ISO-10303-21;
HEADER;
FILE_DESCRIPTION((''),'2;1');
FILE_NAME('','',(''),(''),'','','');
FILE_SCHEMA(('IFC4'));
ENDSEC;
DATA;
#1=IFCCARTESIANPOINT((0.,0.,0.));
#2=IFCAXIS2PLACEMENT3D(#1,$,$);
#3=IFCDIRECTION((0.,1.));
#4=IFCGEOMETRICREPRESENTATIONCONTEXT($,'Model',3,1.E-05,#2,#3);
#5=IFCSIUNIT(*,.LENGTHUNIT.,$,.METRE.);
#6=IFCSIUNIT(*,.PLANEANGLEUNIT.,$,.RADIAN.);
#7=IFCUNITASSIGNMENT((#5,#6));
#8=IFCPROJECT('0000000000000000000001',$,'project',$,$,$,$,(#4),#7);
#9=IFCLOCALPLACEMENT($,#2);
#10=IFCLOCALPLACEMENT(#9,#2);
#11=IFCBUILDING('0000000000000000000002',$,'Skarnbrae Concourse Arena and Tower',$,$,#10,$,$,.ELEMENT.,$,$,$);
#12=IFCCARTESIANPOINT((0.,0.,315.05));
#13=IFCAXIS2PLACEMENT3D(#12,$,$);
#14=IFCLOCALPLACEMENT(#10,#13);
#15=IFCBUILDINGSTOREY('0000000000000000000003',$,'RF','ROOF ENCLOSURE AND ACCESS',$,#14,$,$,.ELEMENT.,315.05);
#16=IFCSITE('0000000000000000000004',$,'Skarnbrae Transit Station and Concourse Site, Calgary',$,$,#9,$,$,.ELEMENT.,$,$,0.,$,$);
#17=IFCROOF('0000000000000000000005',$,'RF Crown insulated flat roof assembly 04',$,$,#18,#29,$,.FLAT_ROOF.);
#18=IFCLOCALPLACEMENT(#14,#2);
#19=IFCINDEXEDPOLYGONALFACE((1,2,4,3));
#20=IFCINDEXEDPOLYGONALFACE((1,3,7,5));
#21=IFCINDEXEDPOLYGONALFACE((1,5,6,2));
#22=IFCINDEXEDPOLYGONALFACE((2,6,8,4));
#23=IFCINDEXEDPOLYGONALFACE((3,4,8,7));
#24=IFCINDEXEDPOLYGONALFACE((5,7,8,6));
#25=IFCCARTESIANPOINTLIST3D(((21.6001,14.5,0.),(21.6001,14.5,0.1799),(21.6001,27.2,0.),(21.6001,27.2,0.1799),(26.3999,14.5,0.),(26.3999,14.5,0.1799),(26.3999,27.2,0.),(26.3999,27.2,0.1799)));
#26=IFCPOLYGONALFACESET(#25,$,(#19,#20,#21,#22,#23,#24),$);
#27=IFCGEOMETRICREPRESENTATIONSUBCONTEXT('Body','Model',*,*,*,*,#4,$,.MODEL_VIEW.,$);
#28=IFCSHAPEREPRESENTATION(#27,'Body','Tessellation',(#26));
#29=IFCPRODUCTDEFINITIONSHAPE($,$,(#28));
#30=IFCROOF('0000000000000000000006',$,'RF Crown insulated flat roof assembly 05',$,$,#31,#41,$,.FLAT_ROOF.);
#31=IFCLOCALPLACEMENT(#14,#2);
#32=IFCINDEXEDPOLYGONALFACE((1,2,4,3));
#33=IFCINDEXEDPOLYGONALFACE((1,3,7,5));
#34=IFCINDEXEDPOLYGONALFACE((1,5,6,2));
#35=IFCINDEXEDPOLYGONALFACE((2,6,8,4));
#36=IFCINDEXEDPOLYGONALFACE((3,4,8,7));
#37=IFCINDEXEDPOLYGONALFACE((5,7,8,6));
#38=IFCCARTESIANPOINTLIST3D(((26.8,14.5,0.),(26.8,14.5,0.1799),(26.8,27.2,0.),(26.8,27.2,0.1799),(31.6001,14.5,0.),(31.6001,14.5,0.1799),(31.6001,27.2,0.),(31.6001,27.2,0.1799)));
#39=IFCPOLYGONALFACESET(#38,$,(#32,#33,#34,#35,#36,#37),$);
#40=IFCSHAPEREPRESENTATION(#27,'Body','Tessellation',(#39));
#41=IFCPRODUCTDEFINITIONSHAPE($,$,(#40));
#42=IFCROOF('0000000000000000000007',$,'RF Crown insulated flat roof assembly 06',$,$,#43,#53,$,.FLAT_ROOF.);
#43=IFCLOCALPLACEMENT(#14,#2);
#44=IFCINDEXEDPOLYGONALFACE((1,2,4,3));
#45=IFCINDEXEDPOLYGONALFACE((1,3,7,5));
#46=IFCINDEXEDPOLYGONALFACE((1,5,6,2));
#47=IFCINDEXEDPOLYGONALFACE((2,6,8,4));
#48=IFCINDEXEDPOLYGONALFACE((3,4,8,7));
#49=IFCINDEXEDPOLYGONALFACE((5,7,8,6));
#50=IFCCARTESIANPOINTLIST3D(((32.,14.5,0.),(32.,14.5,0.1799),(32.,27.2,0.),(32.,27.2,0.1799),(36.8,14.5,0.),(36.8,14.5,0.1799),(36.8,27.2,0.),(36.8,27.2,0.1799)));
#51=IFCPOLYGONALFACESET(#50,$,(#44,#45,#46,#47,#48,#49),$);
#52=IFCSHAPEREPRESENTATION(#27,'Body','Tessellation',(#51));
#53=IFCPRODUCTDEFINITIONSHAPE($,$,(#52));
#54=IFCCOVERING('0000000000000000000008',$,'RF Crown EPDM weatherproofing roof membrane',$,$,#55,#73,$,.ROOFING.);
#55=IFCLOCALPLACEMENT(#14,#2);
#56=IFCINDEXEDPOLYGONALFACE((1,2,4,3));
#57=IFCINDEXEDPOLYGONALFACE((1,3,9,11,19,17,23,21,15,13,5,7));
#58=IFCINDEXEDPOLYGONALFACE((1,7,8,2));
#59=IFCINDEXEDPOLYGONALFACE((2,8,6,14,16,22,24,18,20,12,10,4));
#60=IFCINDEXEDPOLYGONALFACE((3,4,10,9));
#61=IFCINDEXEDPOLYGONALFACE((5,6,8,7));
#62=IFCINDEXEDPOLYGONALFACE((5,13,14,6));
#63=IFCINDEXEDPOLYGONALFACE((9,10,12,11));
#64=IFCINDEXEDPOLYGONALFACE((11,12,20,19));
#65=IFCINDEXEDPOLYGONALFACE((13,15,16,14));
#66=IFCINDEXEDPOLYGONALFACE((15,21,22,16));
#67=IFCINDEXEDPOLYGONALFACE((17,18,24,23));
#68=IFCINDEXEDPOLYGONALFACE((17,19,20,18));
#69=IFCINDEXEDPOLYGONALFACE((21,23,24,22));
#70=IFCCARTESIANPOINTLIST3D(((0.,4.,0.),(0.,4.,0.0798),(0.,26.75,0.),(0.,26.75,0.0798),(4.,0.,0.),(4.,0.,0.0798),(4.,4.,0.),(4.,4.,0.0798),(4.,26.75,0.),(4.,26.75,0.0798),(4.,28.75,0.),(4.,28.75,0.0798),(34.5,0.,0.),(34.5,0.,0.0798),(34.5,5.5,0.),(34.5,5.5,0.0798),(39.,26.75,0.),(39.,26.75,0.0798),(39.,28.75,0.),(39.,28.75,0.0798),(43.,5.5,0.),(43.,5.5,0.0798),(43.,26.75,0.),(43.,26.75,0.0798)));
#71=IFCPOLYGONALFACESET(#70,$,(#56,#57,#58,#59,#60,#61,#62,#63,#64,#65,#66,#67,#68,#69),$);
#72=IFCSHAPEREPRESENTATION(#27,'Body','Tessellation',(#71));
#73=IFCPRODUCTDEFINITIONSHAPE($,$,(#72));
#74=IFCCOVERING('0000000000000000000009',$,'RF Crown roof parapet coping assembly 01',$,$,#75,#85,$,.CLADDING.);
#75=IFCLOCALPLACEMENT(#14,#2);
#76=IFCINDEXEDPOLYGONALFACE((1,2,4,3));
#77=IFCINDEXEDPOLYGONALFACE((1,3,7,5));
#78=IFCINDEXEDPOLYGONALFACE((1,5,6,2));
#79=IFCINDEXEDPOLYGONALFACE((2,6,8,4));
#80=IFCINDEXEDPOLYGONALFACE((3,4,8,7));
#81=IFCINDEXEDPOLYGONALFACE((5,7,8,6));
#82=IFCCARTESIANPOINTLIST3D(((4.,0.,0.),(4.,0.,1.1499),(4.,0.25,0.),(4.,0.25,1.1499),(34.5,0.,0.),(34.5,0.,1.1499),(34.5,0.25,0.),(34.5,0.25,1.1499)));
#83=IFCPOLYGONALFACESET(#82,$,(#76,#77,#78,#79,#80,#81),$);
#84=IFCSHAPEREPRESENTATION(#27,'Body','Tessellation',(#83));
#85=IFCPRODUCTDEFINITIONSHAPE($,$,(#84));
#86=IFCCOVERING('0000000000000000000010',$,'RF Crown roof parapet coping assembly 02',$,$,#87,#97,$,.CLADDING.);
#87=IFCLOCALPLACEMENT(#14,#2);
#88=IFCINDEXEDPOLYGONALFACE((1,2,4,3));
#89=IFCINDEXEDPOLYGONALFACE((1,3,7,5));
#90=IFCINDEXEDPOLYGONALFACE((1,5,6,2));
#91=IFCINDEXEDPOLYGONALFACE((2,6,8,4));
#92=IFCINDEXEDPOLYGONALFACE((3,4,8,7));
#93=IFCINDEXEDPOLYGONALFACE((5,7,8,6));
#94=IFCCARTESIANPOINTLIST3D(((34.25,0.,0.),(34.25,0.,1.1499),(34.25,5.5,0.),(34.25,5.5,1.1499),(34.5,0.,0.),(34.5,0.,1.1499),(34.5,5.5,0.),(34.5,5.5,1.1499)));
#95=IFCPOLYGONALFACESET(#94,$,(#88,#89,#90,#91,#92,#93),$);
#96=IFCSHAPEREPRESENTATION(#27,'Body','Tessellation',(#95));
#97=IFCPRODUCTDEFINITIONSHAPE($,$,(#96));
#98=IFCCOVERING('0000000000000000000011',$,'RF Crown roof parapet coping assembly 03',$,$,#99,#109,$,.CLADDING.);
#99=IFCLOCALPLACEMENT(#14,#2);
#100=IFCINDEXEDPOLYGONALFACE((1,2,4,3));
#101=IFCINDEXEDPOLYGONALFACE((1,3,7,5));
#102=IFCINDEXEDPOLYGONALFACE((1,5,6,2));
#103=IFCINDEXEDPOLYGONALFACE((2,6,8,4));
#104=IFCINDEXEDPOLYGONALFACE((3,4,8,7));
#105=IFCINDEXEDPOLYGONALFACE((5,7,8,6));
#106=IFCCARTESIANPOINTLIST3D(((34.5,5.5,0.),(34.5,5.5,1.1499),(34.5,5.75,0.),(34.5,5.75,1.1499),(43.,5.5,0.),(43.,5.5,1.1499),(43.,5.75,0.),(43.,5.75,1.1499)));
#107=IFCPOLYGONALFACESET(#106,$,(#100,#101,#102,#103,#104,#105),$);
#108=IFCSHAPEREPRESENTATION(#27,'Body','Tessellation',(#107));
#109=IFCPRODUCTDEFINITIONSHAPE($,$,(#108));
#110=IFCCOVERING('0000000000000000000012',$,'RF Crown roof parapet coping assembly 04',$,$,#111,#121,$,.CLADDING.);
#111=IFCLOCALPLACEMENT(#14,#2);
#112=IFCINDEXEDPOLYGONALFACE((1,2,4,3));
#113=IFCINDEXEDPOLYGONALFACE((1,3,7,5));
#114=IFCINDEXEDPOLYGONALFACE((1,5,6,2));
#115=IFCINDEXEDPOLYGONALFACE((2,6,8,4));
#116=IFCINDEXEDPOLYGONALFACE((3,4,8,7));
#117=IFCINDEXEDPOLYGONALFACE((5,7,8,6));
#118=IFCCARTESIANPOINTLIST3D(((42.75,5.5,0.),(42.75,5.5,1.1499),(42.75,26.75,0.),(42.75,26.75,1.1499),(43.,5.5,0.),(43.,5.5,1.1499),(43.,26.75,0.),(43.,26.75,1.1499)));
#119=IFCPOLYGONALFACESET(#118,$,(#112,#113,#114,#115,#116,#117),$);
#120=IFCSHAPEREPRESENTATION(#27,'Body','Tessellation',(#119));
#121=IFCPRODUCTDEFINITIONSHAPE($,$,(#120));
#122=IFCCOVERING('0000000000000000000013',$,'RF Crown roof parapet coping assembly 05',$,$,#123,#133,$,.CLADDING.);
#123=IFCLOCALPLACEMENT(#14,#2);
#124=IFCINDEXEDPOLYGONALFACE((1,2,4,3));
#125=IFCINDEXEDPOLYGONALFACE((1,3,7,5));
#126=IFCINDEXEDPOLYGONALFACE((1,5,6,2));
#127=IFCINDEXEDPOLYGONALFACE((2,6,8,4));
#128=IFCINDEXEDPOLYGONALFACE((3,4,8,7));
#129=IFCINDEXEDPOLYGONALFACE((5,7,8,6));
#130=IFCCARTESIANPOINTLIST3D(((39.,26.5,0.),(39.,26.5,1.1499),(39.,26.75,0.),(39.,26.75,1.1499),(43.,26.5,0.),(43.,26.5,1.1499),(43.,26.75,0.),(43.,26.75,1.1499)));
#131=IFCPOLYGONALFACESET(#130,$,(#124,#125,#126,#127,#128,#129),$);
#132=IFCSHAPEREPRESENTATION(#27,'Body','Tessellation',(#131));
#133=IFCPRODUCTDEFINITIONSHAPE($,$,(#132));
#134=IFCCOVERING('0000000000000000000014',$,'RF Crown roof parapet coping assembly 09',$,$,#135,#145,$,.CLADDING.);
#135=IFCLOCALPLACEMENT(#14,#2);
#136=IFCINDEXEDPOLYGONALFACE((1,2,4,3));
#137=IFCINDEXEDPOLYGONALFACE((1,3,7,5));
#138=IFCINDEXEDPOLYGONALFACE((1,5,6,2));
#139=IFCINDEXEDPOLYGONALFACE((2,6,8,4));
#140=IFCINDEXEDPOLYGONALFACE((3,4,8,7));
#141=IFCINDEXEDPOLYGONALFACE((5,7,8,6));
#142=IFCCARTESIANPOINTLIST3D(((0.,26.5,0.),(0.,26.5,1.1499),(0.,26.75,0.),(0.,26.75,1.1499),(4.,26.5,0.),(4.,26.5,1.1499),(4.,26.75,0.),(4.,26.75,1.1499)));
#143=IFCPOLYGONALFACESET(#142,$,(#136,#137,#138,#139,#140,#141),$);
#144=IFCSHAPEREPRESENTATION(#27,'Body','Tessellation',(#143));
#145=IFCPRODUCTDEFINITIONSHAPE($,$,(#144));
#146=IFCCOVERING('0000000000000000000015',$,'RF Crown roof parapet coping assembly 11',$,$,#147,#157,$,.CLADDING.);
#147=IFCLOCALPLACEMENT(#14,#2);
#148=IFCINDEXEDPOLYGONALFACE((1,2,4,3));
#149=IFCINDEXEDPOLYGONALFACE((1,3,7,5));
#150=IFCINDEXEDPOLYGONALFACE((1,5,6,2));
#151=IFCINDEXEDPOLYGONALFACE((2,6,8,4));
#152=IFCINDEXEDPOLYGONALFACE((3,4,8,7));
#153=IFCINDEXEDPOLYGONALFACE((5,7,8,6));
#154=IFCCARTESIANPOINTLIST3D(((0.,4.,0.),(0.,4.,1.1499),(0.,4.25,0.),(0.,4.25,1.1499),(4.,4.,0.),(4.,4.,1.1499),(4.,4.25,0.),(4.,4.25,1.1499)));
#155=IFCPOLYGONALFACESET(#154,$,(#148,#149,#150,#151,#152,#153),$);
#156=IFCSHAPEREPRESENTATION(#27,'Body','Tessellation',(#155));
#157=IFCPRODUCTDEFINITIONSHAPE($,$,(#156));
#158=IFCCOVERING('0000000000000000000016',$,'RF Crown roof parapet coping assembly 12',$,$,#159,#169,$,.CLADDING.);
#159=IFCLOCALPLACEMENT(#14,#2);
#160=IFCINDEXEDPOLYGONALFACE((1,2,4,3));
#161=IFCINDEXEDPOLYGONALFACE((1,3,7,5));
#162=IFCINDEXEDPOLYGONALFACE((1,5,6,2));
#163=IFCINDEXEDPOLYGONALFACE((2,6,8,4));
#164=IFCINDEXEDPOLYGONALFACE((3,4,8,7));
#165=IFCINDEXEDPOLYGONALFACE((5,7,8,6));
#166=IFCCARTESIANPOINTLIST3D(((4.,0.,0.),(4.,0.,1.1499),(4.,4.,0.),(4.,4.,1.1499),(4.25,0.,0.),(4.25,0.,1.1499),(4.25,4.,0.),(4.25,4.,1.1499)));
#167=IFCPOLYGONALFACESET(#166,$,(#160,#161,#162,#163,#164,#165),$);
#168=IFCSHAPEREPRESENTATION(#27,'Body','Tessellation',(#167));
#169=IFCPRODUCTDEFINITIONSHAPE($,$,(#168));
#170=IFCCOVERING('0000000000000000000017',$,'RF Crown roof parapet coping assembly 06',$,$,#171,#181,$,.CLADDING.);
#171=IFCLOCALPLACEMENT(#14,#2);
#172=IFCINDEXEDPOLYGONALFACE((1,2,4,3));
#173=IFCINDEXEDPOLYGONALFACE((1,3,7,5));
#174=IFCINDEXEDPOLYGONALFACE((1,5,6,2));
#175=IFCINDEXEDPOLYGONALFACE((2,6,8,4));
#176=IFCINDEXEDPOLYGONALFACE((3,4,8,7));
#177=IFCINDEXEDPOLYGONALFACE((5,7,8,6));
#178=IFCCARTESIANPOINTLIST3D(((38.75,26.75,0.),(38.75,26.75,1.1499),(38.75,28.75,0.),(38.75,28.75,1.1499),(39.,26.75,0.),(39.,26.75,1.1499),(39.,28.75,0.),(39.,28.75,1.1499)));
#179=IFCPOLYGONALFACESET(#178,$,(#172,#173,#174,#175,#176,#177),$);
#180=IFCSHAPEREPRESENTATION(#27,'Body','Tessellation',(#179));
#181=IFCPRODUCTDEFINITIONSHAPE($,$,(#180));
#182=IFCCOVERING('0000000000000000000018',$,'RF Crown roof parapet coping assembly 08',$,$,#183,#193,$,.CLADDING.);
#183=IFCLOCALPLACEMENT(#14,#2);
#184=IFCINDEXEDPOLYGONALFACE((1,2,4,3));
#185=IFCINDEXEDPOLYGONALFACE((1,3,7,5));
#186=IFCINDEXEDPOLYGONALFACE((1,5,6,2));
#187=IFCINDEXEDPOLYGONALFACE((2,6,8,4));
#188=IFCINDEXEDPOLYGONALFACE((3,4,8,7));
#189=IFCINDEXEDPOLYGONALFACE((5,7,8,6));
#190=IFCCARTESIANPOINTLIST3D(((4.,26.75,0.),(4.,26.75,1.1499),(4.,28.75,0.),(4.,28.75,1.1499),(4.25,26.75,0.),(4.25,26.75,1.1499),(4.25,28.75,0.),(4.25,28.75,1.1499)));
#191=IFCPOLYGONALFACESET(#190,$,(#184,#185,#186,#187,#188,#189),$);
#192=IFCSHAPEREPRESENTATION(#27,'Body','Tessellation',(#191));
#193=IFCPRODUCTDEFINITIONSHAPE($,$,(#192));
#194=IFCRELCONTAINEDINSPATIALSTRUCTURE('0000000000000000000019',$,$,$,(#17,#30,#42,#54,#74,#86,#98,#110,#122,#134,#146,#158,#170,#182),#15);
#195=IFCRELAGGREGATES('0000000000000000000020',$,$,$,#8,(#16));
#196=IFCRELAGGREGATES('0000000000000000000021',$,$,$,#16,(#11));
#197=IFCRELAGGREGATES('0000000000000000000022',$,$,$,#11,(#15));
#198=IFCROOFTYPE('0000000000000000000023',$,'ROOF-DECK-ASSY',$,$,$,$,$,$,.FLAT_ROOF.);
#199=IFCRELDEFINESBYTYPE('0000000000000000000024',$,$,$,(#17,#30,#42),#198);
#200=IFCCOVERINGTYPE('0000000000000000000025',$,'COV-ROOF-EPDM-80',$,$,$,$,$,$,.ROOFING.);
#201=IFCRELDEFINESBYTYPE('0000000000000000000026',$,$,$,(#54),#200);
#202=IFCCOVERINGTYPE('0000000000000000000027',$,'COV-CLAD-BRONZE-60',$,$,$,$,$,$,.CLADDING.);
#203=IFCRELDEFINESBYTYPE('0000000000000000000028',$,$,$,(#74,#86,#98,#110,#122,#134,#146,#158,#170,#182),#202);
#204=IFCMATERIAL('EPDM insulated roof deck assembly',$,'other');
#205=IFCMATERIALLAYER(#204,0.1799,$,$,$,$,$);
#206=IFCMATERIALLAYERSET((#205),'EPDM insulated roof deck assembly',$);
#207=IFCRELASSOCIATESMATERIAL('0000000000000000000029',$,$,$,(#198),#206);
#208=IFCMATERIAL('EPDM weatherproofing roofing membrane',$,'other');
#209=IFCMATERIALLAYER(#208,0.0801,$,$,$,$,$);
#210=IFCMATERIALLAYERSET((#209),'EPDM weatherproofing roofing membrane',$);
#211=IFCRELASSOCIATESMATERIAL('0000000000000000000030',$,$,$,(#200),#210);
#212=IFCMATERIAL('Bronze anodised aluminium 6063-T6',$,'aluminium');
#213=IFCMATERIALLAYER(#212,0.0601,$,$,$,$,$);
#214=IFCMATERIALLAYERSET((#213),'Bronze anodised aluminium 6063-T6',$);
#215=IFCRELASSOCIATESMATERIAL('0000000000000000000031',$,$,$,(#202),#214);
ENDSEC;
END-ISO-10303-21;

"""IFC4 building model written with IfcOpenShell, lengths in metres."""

from ifc_helpers import new_model, si_unit, direction, frame, origin, origin_2d, place, context, subcontext, project, spatial, polyline, rectangle, outline, extrude, source, transform, mapped, material, layer, layer_set, type_object, element, save


model = new_model("IFC4")

# Units and contexts
model_context = context("Model", 3, precision=1e-05, world=origin(), true_north=direction((0.0, 1.0)))
body_context = subcontext(model_context, "Body", "Model", "MODEL_VIEW")
ifc_project = project(units=[si_unit("LENGTHUNIT", "METRE"), si_unit("PLANEANGLEUNIT", "RADIAN")], contexts=[model_context])

# Site, building, storey
site_placement = place(None, origin())
site = spatial("IfcSite", under=ifc_project, at=site_placement, Name="Skarnbrae Transit Station and Concourse Site, Calgary", CompositionType="ELEMENT", RefElevation=0.0)
building_placement = place(site_placement, origin())
building = spatial("IfcBuilding", under=site, at=building_placement, Name="Skarnbrae Concourse Arena and Tower", CompositionType="ELEMENT")
storey_placement = place(building_placement, frame((0.0, 0.0, 315.05)))
storey = spatial("IfcBuildingStorey", under=building, at=storey_placement, Name="RF", Description="ROOF ENCLOSURE AND ACCESS", CompositionType="ELEMENT", Elevation=315.05)

# Roofs
ifc_material_1 = material(Name="EPDM insulated roof deck assembly", Category="other")
ifc_layer_1 = layer(ifc_material_1, 0.1799)
ifc_layer_set_1 = layer_set([ifc_layer_1], Name="EPDM insulated roof deck assembly")
roof_type = type_object("IfcRoofType", Name="ROOF-DECK-ASSY", PredefinedType="FLAT_ROOF", material=ifc_layer_set_1)
roof_1_placement = place(storey_placement, origin())
element("IfcRoof", 1, at=roof_1_placement, inside=storey, type_object=roof_type, Name="RF Crown insulated flat roof assembly 04", PredefinedType="FLAT_ROOF", context=body_context, shape_type="SweptSolid", body=[
    extrude(outline(polyline([(21.6001, 14.5), (26.3999, 14.5), (26.3999, 27.2), (21.6001, 27.2), (21.6001, 14.5)])), origin(), (0.0, 0.0, 1.0), 0.1799),
])
roof_2_placement = place(storey_placement, origin())
element("IfcRoof", 2, at=roof_2_placement, inside=storey, type_object=roof_type, Name="RF Crown insulated flat roof assembly 05", PredefinedType="FLAT_ROOF", context=body_context, shape_type="SweptSolid", body=[
    extrude(outline(polyline([(26.8, 14.5), (31.6001, 14.5), (31.6001, 27.2), (26.8, 27.2), (26.8, 14.5)])), origin(), (0.0, 0.0, 1.0), 0.1799),
])
roof_3_placement = place(storey_placement, origin())
element("IfcRoof", 3, at=roof_3_placement, inside=storey, type_object=roof_type, Name="RF Crown insulated flat roof assembly 06", PredefinedType="FLAT_ROOF", context=body_context, shape_type="SweptSolid", body=[
    extrude(outline(polyline([(32.0, 14.5), (36.8, 14.5), (36.8, 27.2), (32.0, 27.2), (32.0, 14.5)])), origin(), (0.0, 0.0, 1.0), 0.1799),
])

# Coverings
ifc_material_2 = material(Name="EPDM weatherproofing roofing membrane", Category="other")
ifc_layer_2 = layer(ifc_material_2, 0.0801)
ifc_layer_set_2 = layer_set([ifc_layer_2], Name="EPDM weatherproofing roofing membrane")
covering_type_1 = type_object("IfcCoveringType", Name="COV-ROOF-EPDM-80", PredefinedType="ROOFING", material=ifc_layer_set_2)
covering_1_placement = place(storey_placement, origin())
element("IfcCovering", 4, at=covering_1_placement, inside=storey, type_object=covering_type_1, Name="RF Crown EPDM weatherproofing roof membrane", PredefinedType="ROOFING", context=body_context, shape_type="SweptSolid", body=[
    extrude(outline(polyline([(4.0, 0.0), (34.5, 0.0), (34.5, 5.5), (43.0, 5.5), (43.0, 26.75), (39.0, 26.75), (39.0, 28.75), (4.0, 28.75), (4.0, 26.75), (0.0, 26.75), (0.0, 4.0), (4.0, 4.0), (4.0, 0.0)])), origin(), (0.0, 0.0, 1.0), 0.0798),
])
ifc_material_3 = material(Name="Bronze anodised aluminium 6063-T6", Category="aluminium")
ifc_layer_3 = layer(ifc_material_3, 0.0601)
ifc_layer_set_3 = layer_set([ifc_layer_3], Name="Bronze anodised aluminium 6063-T6")
covering_type_2 = type_object("IfcCoveringType", Name="COV-CLAD-BRONZE-60", PredefinedType="CLADDING", material=ifc_layer_set_3)
shared_shape_1 = source(origin(), body_context, "Body", "SweptSolid", [
    extrude(rectangle(XDim=30.5, YDim=0.25, at=origin_2d()), origin(), (0.0, 0.0, 1.0), 1.1499),
])
covering_2_placement = place(storey_placement, frame((19.25, 0.125, 0.0), z_axis=(0.0, 0.0, 1.0), x_axis=(1.0, 0.0, 0.0)))
element("IfcCovering", 5, at=covering_2_placement, inside=storey, type_object=covering_type_2, Name="RF Crown roof parapet coping assembly 01", PredefinedType="CLADDING", context=body_context, shape_type="MappedRepresentation", body=[
    mapped(shared_shape_1, transform((0.0, 0.0, 0.0))),
])
shared_shape_2 = source(origin(), body_context, "Body", "SweptSolid", [
    extrude(rectangle(XDim=5.5, YDim=0.25, at=origin_2d()), origin(), (0.0, 0.0, 1.0), 1.1499),
])
covering_3_placement = place(storey_placement, frame((34.375, 2.75, 0.0), z_axis=(0.0, 0.0, 1.0), x_axis=(0.0, 1.0, 0.0)))
element("IfcCovering", 6, at=covering_3_placement, inside=storey, type_object=covering_type_2, Name="RF Crown roof parapet coping assembly 02", PredefinedType="CLADDING", context=body_context, shape_type="MappedRepresentation", body=[
    mapped(shared_shape_2, transform((0.0, 0.0, 0.0))),
])
shared_shape_3 = source(origin(), body_context, "Body", "SweptSolid", [
    extrude(rectangle(XDim=8.5, YDim=0.25, at=origin_2d()), origin(), (0.0, 0.0, 1.0), 1.1499),
])
covering_4_placement = place(storey_placement, frame((38.75, 5.625, 0.0), z_axis=(0.0, 0.0, 1.0), x_axis=(1.0, 0.0, 0.0)))
element("IfcCovering", 7, at=covering_4_placement, inside=storey, type_object=covering_type_2, Name="RF Crown roof parapet coping assembly 03", PredefinedType="CLADDING", context=body_context, shape_type="MappedRepresentation", body=[
    mapped(shared_shape_3, transform((0.0, 0.0, 0.0))),
])
shared_shape_4 = source(origin(), body_context, "Body", "SweptSolid", [
    extrude(rectangle(XDim=21.25, YDim=0.25, at=origin_2d()), origin(), (0.0, 0.0, 1.0), 1.1499),
])
covering_5_placement = place(storey_placement, frame((42.875, 16.125, 0.0), z_axis=(0.0, 0.0, 1.0), x_axis=(0.0, 1.0, 0.0)))
element("IfcCovering", 8, at=covering_5_placement, inside=storey, type_object=covering_type_2, Name="RF Crown roof parapet coping assembly 04", PredefinedType="CLADDING", context=body_context, shape_type="MappedRepresentation", body=[
    mapped(shared_shape_4, transform((0.0, 0.0, 0.0))),
])
shared_shape_5 = source(origin(), body_context, "Body", "SweptSolid", [
    extrude(rectangle(XDim=4.0, YDim=0.25, at=origin_2d()), origin(), (0.0, 0.0, 1.0), 1.1499),
])
for number, where, z_axis, x_axis, name in (
    (9, (41.0, 26.625, 0.0), (0.0, 0.0, 1.0), (-1.0, 0.0, 0.0), "RF Crown roof parapet coping assembly 05"),
    (10, (2.0, 26.625, 0.0), (0.0, 0.0, 1.0), (-1.0, 0.0, 0.0), "RF Crown roof parapet coping assembly 09"),
    (11, (2.0, 4.125, 0.0), (0.0, 0.0, 1.0), (1.0, 0.0, 0.0), "RF Crown roof parapet coping assembly 11"),
    (12, (4.125, 2.0, 0.0), (0.0, 0.0, 1.0), (0.0, -1.0, 0.0), "RF Crown roof parapet coping assembly 12"),
):
    element("IfcCovering", number, at=place(storey_placement, frame(where, z_axis=z_axis, x_axis=x_axis)), inside=storey, type_object=covering_type_2, Name=name, PredefinedType="CLADDING", context=body_context, shape_type="MappedRepresentation", body=[
        mapped(shared_shape_5, transform((0.0, 0.0, 0.0))),
    ])
shared_shape_6 = source(origin(), body_context, "Body", "SweptSolid", [
    extrude(rectangle(XDim=2.0, YDim=0.25, at=origin_2d()), origin(), (0.0, 0.0, 1.0), 1.1499),
])
for number, where, z_axis, x_axis, name in (
    (13, (38.875, 27.75, 0.0), (0.0, 0.0, 1.0), (0.0, 1.0, 0.0), "RF Crown roof parapet coping assembly 06"),
    (14, (4.125, 27.75, 0.0), (0.0, 0.0, 1.0), (0.0, -1.0, 0.0), "RF Crown roof parapet coping assembly 08"),
):
    element("IfcCovering", number, at=place(storey_placement, frame(where, z_axis=z_axis, x_axis=x_axis)), inside=storey, type_object=covering_type_2, Name=name, PredefinedType="CLADDING", context=body_context, shape_type="MappedRepresentation", body=[
        mapped(shared_shape_6, transform((0.0, 0.0, 0.0))),
    ])

save(model, "model.ifc")
